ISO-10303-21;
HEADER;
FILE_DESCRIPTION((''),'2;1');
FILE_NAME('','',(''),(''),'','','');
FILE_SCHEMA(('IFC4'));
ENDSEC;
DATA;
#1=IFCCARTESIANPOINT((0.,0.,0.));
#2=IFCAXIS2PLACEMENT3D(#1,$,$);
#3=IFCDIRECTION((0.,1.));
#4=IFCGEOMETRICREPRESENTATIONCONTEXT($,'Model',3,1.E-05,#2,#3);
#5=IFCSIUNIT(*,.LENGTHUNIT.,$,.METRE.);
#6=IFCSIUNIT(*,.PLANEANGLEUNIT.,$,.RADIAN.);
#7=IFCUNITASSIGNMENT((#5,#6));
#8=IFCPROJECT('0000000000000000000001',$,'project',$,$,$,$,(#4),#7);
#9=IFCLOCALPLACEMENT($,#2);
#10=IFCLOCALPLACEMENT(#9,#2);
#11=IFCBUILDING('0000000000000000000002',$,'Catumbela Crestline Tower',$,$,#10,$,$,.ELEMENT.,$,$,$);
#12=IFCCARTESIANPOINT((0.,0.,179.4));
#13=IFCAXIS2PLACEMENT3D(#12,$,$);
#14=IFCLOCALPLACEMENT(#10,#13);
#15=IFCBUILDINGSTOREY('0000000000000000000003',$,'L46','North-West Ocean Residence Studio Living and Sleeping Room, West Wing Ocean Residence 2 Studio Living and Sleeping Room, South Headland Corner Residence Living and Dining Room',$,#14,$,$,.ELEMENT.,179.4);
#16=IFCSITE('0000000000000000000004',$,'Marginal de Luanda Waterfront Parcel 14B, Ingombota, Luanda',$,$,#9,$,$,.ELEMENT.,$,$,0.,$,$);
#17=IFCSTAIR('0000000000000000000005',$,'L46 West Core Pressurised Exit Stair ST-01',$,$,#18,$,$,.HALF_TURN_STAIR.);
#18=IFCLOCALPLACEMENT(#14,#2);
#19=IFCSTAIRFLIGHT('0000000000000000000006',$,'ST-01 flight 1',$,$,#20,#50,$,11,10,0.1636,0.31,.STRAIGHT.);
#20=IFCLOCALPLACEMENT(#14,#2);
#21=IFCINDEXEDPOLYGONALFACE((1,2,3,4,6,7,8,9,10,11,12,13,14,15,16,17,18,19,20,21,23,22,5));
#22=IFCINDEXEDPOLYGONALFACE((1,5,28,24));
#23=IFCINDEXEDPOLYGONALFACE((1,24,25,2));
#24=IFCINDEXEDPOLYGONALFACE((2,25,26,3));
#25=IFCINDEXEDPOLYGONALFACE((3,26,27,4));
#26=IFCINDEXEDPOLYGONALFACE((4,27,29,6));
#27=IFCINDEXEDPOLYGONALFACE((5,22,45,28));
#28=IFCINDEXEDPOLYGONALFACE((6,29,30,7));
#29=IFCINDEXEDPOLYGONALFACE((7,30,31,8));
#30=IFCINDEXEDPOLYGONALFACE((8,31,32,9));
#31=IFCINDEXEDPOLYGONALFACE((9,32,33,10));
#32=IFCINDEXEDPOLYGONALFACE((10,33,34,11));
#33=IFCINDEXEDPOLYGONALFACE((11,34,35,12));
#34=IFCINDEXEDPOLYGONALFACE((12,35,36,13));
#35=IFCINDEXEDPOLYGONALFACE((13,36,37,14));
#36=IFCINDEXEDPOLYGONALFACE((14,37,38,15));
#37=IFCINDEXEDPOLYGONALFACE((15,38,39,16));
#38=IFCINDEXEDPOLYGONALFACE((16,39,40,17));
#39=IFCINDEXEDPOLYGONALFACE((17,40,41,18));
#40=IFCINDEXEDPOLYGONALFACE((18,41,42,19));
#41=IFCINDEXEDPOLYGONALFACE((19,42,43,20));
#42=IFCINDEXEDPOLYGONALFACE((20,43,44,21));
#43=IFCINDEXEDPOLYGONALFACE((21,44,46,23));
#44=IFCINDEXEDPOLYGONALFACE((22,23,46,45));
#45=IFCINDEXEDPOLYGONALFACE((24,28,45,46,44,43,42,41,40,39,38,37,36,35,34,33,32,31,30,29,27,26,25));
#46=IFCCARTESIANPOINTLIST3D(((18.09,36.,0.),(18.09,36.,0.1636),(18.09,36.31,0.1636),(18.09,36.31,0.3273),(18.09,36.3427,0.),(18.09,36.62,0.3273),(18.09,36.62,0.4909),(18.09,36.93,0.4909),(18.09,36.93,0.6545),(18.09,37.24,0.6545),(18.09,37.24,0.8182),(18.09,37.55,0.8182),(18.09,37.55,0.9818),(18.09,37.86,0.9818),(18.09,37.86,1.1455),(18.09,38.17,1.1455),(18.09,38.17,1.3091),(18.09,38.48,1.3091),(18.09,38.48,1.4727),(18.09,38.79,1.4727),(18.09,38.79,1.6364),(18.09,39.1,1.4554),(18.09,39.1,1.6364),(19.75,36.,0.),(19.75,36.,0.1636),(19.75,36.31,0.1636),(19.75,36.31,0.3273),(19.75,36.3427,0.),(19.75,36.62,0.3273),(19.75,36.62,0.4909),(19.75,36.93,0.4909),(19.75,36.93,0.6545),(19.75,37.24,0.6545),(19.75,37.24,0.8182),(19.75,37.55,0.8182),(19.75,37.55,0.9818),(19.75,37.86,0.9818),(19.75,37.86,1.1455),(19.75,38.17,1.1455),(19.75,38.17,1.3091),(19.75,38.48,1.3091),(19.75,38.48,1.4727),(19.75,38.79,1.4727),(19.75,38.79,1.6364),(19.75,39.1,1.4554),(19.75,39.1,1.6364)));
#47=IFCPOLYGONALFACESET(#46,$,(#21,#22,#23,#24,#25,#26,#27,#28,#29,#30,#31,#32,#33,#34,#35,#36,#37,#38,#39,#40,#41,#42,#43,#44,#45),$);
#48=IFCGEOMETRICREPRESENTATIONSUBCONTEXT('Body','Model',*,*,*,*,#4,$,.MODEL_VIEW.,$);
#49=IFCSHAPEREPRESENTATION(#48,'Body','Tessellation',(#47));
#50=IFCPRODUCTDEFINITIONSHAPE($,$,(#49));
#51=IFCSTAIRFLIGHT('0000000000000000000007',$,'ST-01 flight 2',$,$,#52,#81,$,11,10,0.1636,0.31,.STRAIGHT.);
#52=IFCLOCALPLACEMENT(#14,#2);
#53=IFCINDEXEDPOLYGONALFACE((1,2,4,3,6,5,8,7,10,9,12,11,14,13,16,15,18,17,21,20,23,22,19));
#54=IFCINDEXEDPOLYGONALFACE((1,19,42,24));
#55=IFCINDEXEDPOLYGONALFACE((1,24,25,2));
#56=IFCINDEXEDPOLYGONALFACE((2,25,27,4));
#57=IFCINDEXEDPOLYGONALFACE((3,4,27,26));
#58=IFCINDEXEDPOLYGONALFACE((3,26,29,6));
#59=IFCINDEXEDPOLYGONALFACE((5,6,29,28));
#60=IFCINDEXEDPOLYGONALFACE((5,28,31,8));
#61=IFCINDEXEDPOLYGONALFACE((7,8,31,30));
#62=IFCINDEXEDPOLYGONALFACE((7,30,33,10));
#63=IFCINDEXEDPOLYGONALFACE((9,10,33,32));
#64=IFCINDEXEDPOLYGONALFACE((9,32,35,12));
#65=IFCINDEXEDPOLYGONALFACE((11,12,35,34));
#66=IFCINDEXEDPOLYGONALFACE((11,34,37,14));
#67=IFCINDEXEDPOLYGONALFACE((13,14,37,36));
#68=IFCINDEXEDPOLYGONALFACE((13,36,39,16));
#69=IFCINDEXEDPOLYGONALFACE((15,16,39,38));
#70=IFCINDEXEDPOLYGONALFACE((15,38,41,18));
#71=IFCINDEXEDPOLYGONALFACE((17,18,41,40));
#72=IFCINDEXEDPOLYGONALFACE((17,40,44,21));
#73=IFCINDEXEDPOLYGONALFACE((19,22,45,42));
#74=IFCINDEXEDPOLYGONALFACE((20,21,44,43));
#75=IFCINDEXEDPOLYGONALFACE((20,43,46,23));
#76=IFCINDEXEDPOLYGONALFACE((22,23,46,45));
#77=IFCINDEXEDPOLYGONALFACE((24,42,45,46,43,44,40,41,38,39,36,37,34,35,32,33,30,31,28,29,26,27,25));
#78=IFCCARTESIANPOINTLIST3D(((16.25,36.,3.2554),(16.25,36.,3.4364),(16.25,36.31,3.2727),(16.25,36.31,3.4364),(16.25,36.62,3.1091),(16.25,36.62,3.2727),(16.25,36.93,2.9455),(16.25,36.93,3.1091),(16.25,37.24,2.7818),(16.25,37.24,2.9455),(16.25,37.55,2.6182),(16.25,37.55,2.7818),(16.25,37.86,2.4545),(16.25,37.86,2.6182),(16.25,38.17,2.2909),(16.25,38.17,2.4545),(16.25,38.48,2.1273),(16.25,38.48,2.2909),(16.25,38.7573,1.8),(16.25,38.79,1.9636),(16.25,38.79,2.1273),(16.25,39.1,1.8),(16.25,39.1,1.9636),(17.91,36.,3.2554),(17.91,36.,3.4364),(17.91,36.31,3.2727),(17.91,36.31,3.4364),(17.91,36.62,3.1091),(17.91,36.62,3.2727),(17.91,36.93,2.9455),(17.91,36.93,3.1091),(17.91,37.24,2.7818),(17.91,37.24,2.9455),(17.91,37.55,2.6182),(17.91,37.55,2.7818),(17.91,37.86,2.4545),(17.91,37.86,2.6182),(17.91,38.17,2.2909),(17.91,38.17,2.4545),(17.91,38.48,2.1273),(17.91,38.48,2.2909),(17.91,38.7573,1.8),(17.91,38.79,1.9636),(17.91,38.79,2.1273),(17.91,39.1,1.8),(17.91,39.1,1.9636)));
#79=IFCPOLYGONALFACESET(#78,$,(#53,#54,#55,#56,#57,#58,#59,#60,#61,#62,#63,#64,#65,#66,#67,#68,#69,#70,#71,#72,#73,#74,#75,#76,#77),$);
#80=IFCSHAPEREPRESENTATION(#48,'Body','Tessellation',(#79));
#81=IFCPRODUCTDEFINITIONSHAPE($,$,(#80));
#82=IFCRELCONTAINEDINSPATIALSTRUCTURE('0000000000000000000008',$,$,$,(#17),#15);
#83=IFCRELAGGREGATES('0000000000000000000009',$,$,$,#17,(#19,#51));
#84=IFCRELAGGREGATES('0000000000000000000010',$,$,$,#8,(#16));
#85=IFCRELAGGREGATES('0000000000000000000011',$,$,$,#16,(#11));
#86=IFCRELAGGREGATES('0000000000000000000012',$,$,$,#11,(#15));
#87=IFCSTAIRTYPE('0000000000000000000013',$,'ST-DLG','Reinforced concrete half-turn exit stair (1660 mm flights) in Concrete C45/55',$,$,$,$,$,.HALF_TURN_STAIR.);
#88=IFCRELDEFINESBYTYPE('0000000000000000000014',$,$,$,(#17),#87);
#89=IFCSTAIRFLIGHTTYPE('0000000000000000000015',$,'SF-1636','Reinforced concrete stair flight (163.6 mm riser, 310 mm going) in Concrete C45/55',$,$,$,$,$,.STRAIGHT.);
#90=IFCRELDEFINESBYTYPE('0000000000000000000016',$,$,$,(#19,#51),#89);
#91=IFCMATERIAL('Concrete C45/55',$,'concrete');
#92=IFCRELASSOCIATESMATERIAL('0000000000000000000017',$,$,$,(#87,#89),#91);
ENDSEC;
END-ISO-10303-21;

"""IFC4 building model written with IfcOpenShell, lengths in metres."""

from ifc_helpers import new_model, si_unit, direction, frame, origin, place, context, subcontext, project, spatial, polyline, outline, extrude, material, type_object, element, aggregate, save


model = new_model("IFC4")

# Units and contexts
model_context = context("Model", 3, precision=1e-05, world=origin(), true_north=direction((0.0, 1.0)))
body_context = subcontext(model_context, "Body", "Model", "MODEL_VIEW")
ifc_project = project(units=[si_unit("LENGTHUNIT", "METRE"), si_unit("PLANEANGLEUNIT", "RADIAN")], contexts=[model_context])

# Site, building, storey
site_placement = place(None, origin())
site = spatial("IfcSite", under=ifc_project, at=site_placement, Name="Marginal de Luanda Waterfront Parcel 14B, Ingombota, Luanda", CompositionType="ELEMENT", RefElevation=0.0)
building_placement = place(site_placement, origin())
building = spatial("IfcBuilding", under=site, at=building_placement, Name="Catumbela Crestline Tower", CompositionType="ELEMENT")
storey_placement = place(building_placement, frame((0.0, 0.0, 179.4)))
storey = spatial("IfcBuildingStorey", under=building, at=storey_placement, Name="L46", Description="North-West Ocean Residence Studio Living and Sleeping Room, West Wing Ocean Residence 2 Studio Living and Sleeping Room, South Headland Corner Residence Living and Dining Room", CompositionType="ELEMENT", Elevation=179.4)

# Stair, stair flights
ifc_material_1 = material(Name="Concrete C45/55", Category="concrete")
stair_type = type_object("IfcStairType", Name="ST-DLG", Description="Reinforced concrete half-turn exit stair (1660 mm flights) in Concrete C45/55", PredefinedType="HALF_TURN_STAIR", material=ifc_material_1)
stair_placement = place(storey_placement, origin())
stair = element("IfcStair", 1, at=stair_placement, inside=storey, type_object=stair_type, Name="L46 West Core Pressurised Exit Stair ST-01", PredefinedType="HALF_TURN_STAIR")
stair_flight_type = type_object("IfcStairFlightType", Name="SF-1636", Description="Reinforced concrete stair flight (163.6 mm riser, 310 mm going) in Concrete C45/55", PredefinedType="STRAIGHT", material=ifc_material_1)
stair_flight_1_placement = place(storey_placement, frame((18.92, 36.0, 0.0), z_axis=(0.0, 0.0, 1.0), x_axis=(0.0, 1.0, 0.0)))
stair_flight_1 = element("IfcStairFlight", 2, at=stair_flight_1_placement, type_object=stair_flight_type, Name="ST-01 flight 1", NumberOfRisers=11, NumberOfTreads=10, PredefinedType="STRAIGHT", RiserHeight=0.1636, TreadLength=0.31, context=body_context, shape_type="SweptSolid", body=[
    extrude(outline(polyline([(0.0, 0.0), (0.0, 0.1636), (0.31, 0.1636), (0.31, 0.3273), (0.62, 0.3273), (0.62, 0.4909), (0.93, 0.4909), (0.93, 0.6545), (1.24, 0.6545), (1.24, 0.8182), (1.55, 0.8182), (1.55, 0.9818), (1.86, 0.9818), (1.86, 1.1455), (2.17, 1.1455), (2.17, 1.3091), (2.48, 1.3091), (2.48, 1.4727), (2.79, 1.4727), (2.79, 1.6364), (3.1, 1.6364), (3.1, 1.8), (3.1, 1.4554), (0.3427, 0.0), (0.0, 0.0)])), frame((0.0, 0.83, 0.0), z_axis=(0.0, -1.0, 0.0), x_axis=(1.0, 0.0, 0.0)), (0.0, 0.0, 1.0), 1.66),
])
stair_flight_2_placement = place(storey_placement, frame((17.08, 39.1, 1.8), z_axis=(0.0, 0.0, 1.0), x_axis=(0.0, -1.0, 0.0)))
stair_flight_2 = element("IfcStairFlight", 3, at=stair_flight_2_placement, type_object=stair_flight_type, Name="ST-01 flight 2", NumberOfRisers=11, NumberOfTreads=10, PredefinedType="STRAIGHT", RiserHeight=0.1636, TreadLength=0.31, context=body_context, shape_type="SweptSolid", body=[
    extrude(outline(polyline([(0.0, 0.0), (0.0, 0.1636), (0.31, 0.1636), (0.31, 0.3273), (0.62, 0.3273), (0.62, 0.4909), (0.93, 0.4909), (0.93, 0.6545), (1.24, 0.6545), (1.24, 0.8182), (1.55, 0.8182), (1.55, 0.9818), (1.86, 0.9818), (1.86, 1.1455), (2.17, 1.1455), (2.17, 1.3091), (2.48, 1.3091), (2.48, 1.4727), (2.79, 1.4727), (2.79, 1.6364), (3.1, 1.6364), (3.1, 1.8), (3.1, 1.4554), (0.3427, 0.0), (0.0, 0.0)])), frame((0.0, 0.83, 0.0), z_axis=(0.0, -1.0, 0.0), x_axis=(1.0, 0.0, 0.0)), (0.0, 0.0, 1.0), 1.66),
])
aggregate(stair, [stair_flight_1, stair_flight_2])

save(model, "model.ifc")
